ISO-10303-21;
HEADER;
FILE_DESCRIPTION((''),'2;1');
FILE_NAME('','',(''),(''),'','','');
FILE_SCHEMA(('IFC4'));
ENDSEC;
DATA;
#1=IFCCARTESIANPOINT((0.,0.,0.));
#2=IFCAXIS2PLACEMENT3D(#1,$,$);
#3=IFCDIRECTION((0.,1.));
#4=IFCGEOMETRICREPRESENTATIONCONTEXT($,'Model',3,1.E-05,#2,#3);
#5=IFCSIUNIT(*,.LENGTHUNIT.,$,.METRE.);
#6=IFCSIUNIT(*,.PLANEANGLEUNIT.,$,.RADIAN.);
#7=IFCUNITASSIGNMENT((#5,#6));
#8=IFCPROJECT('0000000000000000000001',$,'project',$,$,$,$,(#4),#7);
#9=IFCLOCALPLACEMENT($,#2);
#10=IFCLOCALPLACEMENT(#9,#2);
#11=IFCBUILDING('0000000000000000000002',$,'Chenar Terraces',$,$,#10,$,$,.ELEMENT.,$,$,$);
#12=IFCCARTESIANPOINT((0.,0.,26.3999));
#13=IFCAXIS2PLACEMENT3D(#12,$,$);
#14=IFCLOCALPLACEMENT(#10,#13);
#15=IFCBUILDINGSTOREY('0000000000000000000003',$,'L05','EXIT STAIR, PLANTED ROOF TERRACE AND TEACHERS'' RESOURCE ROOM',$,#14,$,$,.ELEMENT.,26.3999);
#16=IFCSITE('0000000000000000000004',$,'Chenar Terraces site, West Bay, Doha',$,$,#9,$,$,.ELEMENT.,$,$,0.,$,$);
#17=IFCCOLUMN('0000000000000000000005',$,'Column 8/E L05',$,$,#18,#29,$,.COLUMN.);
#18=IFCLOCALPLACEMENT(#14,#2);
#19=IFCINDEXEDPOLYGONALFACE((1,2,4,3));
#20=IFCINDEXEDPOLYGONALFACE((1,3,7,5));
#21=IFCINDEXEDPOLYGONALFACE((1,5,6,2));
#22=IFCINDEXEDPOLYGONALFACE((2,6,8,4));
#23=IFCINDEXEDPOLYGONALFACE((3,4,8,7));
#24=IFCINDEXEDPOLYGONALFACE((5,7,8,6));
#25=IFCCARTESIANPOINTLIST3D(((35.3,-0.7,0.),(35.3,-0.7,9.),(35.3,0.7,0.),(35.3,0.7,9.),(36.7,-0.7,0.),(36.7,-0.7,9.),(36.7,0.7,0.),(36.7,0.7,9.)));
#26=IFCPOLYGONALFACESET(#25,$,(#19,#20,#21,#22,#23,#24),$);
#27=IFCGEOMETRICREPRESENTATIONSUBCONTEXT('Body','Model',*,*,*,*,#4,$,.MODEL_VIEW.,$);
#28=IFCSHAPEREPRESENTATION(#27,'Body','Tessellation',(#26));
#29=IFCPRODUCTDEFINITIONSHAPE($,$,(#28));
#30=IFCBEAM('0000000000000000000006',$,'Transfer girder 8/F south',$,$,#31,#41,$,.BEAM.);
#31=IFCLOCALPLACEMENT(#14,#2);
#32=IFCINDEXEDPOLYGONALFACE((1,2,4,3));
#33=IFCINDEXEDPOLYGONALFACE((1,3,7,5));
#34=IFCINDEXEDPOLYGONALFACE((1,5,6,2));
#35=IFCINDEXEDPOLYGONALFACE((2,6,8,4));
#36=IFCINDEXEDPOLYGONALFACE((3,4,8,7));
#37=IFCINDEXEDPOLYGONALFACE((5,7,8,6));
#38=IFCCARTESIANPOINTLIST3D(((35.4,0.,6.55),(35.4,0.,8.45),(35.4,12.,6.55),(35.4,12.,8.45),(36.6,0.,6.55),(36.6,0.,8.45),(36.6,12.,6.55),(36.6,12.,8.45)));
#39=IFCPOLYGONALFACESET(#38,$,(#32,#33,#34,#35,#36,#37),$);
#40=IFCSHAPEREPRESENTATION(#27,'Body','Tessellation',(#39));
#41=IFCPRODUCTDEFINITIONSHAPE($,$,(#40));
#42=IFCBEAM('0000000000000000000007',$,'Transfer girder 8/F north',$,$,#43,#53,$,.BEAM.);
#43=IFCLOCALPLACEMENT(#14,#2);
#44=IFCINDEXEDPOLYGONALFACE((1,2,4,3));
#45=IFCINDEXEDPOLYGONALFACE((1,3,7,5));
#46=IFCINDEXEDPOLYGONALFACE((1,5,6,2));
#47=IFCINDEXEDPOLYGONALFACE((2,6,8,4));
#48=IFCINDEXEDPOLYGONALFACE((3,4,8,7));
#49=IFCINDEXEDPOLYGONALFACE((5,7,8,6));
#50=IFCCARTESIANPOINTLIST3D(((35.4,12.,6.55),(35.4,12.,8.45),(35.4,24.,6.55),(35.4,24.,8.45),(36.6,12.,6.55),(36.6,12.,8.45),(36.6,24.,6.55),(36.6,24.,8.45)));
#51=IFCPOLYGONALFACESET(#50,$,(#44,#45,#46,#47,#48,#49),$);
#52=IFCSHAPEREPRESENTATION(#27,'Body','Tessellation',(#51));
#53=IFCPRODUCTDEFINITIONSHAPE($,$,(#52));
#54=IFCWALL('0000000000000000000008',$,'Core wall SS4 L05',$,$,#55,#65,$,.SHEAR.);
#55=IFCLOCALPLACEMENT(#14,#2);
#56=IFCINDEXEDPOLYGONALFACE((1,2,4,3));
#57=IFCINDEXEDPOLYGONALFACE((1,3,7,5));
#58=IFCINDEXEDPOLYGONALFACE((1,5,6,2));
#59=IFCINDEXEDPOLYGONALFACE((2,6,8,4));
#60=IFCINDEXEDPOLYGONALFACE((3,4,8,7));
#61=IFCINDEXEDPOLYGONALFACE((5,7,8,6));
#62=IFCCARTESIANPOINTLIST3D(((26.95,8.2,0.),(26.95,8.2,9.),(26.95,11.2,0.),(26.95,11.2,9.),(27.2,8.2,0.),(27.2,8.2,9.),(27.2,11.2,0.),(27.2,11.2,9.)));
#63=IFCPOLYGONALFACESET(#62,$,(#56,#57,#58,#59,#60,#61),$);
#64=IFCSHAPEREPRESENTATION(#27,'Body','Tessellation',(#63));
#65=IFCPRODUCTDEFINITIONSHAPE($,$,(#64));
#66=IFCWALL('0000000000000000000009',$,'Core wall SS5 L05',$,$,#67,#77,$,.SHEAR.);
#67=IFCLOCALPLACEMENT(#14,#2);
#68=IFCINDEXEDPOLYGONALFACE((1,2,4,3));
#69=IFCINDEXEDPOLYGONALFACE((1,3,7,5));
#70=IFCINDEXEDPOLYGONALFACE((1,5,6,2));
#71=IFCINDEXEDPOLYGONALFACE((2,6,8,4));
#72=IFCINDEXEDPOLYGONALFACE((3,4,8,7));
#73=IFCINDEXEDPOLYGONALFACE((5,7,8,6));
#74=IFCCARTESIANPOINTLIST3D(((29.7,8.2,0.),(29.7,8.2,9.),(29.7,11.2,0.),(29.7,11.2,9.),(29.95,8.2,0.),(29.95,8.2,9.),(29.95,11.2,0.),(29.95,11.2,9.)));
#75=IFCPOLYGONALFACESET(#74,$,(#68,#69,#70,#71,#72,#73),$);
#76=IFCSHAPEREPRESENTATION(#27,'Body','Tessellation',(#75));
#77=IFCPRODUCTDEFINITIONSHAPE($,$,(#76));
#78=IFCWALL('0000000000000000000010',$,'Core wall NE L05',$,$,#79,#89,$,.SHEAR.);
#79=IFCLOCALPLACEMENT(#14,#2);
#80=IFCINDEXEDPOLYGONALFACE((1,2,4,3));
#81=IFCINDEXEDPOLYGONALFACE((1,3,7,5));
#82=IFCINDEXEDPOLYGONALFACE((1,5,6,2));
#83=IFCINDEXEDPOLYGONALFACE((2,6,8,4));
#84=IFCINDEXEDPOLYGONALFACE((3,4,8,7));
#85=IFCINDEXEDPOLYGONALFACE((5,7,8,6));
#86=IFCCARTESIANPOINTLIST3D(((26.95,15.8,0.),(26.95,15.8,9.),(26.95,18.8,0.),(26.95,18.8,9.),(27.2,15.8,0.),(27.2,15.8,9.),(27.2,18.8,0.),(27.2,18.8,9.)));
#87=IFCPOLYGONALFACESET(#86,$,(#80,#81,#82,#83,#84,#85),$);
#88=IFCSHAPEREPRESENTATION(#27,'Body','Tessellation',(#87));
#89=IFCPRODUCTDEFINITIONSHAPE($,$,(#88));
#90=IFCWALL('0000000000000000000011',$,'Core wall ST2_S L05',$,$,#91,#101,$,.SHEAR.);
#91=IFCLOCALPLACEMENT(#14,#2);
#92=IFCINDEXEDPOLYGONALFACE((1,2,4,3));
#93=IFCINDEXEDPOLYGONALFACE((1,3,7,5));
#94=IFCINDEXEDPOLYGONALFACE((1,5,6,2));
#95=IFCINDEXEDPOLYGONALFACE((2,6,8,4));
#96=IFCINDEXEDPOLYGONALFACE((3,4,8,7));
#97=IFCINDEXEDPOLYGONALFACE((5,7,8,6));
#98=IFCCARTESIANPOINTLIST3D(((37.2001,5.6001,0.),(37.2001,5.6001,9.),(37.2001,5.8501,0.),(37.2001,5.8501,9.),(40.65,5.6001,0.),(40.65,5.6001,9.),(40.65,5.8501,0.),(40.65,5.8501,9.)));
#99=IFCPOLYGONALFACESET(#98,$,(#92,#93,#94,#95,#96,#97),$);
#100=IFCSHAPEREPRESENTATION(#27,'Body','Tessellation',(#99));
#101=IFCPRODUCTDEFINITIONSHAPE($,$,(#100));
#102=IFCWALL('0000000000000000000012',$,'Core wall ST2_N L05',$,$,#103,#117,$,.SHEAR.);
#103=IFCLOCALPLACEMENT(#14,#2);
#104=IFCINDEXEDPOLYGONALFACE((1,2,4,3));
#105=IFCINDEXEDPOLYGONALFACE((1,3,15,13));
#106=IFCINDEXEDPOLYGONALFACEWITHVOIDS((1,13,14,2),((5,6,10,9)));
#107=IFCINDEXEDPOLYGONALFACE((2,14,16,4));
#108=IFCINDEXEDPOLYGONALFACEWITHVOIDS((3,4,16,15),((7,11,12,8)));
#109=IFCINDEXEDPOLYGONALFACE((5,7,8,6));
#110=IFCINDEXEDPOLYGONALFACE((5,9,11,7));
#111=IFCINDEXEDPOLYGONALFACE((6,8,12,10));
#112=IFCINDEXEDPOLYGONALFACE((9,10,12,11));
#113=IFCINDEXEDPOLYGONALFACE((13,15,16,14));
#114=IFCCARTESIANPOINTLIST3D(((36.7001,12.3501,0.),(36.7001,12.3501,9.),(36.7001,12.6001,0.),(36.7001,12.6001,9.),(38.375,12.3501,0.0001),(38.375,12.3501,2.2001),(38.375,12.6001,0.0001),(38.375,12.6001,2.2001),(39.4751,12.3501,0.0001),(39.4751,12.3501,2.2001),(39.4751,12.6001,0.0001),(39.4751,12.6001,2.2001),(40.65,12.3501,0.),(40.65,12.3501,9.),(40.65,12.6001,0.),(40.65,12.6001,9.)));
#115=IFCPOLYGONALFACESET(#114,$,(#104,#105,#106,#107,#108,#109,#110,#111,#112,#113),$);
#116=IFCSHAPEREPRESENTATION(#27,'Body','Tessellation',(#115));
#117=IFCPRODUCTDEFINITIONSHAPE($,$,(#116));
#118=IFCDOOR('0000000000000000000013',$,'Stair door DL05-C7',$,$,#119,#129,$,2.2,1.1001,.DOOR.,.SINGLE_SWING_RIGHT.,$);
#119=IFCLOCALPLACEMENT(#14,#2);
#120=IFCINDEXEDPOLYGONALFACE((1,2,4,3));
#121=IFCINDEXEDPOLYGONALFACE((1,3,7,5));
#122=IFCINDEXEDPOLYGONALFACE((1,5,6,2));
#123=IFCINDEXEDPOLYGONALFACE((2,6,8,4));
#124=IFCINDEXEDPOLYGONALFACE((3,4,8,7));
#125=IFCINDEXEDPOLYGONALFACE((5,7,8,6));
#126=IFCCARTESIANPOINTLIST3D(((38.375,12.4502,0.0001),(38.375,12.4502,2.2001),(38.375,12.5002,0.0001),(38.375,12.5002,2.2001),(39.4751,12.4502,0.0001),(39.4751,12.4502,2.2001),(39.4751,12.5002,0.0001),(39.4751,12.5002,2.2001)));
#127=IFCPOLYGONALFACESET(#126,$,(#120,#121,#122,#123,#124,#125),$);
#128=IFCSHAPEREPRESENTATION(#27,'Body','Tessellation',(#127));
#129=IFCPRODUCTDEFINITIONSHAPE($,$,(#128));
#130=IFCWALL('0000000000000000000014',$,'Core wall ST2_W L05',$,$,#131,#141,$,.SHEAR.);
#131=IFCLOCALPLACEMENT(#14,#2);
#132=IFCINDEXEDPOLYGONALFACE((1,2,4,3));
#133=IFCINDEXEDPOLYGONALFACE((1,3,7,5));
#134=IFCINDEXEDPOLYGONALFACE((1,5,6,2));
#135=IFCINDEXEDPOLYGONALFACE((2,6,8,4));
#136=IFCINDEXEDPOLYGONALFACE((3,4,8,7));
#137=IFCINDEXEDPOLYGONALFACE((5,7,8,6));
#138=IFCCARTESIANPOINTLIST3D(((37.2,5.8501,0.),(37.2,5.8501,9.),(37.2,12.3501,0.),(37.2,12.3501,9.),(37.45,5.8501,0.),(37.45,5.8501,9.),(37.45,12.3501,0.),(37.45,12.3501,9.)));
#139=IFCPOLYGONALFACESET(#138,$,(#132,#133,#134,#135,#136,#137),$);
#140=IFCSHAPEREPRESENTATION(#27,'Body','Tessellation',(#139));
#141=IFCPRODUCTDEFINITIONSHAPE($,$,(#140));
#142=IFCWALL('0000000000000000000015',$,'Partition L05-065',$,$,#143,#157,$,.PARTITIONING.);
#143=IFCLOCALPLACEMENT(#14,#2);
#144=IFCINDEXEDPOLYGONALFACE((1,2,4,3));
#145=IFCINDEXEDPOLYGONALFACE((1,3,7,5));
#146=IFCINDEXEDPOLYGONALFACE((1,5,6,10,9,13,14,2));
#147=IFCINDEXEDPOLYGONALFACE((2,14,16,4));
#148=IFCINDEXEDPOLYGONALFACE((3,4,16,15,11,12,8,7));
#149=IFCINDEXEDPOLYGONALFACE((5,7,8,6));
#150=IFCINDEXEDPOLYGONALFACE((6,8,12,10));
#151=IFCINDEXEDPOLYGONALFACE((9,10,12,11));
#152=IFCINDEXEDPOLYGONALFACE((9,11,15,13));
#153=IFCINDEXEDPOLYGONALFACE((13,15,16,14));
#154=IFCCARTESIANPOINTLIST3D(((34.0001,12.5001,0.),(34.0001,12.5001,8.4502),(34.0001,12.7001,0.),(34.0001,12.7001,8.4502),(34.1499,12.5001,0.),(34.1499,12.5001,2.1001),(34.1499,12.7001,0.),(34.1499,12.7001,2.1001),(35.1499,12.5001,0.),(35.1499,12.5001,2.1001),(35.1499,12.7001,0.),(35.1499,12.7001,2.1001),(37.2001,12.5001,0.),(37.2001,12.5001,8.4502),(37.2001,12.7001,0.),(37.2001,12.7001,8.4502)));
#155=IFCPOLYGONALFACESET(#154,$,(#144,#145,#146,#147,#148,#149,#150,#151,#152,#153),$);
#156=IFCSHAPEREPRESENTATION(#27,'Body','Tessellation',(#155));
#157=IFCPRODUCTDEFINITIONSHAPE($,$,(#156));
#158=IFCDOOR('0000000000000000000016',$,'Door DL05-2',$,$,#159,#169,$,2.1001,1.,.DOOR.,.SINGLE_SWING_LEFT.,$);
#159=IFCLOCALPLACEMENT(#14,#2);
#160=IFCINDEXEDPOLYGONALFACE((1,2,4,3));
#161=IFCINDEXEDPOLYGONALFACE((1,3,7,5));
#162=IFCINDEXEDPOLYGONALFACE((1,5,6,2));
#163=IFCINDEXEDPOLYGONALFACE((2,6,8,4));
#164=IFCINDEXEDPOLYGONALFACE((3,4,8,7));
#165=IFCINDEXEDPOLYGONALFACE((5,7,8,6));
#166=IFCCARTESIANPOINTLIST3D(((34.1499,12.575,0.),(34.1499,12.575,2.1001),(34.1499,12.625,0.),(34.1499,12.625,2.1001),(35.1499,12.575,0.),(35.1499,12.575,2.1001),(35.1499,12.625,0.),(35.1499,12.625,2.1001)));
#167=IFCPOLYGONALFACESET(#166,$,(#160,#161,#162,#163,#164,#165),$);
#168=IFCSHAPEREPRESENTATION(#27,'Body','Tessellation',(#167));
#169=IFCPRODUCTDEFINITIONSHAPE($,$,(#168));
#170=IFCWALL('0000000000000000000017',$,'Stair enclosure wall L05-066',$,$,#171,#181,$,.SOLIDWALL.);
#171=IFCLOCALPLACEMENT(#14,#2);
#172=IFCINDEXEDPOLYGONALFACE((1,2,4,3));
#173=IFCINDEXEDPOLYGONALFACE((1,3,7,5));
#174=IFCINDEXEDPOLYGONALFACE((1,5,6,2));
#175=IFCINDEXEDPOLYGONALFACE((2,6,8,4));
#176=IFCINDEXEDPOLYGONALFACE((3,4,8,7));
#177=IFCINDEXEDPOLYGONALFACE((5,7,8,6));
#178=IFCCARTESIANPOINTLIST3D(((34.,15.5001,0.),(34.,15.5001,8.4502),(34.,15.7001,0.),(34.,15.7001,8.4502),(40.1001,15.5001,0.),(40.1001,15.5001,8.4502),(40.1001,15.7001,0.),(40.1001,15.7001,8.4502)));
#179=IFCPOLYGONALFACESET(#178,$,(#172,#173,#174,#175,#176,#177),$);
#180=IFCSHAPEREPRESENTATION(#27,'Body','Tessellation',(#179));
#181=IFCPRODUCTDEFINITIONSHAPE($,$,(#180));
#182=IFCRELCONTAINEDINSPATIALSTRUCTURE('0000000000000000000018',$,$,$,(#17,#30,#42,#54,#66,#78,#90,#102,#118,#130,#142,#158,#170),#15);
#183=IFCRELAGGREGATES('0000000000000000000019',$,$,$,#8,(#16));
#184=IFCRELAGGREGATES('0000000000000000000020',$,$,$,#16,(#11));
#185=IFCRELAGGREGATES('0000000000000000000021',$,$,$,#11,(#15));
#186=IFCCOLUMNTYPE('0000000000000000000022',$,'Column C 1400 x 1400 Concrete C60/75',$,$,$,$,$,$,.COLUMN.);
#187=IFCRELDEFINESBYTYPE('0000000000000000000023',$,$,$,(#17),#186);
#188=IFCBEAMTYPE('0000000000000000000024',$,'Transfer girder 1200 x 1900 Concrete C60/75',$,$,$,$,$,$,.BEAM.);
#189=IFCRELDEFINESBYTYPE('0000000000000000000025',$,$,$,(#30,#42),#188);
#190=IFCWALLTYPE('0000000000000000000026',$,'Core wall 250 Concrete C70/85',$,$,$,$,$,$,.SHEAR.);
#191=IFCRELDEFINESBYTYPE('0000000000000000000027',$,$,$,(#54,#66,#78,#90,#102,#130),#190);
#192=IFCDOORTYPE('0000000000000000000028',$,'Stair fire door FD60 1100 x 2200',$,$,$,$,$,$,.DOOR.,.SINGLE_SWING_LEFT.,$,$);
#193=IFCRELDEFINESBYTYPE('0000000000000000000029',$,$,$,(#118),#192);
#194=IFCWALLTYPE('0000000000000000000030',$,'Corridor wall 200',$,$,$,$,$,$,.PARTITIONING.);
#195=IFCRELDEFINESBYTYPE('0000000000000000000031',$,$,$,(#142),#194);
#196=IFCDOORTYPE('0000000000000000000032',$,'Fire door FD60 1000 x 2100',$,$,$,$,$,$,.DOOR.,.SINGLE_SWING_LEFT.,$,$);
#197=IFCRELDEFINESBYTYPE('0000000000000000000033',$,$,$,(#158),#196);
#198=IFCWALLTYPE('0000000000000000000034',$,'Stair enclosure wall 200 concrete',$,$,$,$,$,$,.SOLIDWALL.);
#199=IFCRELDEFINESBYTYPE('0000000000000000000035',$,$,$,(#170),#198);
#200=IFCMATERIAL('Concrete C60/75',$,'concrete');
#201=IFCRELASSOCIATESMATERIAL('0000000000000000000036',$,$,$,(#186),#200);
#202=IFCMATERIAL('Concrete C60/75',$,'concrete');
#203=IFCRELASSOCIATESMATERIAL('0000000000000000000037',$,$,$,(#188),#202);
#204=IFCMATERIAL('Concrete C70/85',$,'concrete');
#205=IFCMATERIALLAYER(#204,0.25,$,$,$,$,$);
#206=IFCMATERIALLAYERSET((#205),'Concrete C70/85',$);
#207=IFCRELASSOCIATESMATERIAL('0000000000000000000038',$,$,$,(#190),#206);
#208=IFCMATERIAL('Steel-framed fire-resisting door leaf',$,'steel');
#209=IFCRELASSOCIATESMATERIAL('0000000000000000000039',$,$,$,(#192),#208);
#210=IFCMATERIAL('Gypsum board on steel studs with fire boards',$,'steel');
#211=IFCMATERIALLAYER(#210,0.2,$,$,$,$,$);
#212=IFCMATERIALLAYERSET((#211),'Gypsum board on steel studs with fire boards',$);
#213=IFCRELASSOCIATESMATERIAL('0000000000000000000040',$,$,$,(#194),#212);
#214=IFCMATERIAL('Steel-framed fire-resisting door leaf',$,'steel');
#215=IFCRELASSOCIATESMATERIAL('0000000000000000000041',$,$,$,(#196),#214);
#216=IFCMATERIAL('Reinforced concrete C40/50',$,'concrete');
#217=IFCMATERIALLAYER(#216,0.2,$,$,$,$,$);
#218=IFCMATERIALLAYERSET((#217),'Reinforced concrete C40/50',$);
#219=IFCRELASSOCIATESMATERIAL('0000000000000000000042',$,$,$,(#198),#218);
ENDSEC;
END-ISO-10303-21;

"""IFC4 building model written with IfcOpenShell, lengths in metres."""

from ifc_helpers import new_model, si_unit, direction, frame, frame_2d, origin, origin_2d, place, context, subcontext, project, spatial, rectangle, extrude, material, layer, layer_set, material_profile, profile_set, type_object, element, fill, save


model = new_model("IFC4")

# Units and contexts
model_context = context("Model", 3, precision=1e-05, world=origin(), true_north=direction((0.0, 1.0)))
body_context = subcontext(model_context, "Body", "Model", "MODEL_VIEW")
ifc_project = project(units=[si_unit("LENGTHUNIT", "METRE"), si_unit("PLANEANGLEUNIT", "RADIAN")], contexts=[model_context])

# Site, building, storey
site_placement = place(None, origin())
site = spatial("IfcSite", under=ifc_project, at=site_placement, Name="Chenar Terraces site, West Bay, Doha", CompositionType="ELEMENT", RefElevation=0.0)
building_placement = place(site_placement, origin())
building = spatial("IfcBuilding", under=site, at=building_placement, Name="Chenar Terraces", CompositionType="ELEMENT")
storey_placement = place(building_placement, frame((0.0, 0.0, 26.3999)))
storey = spatial("IfcBuildingStorey", under=building, at=storey_placement, Name="L05", Description="EXIT STAIR, PLANTED ROOF TERRACE AND TEACHERS' RESOURCE ROOM", CompositionType="ELEMENT", Elevation=26.3999)

# Column
ifc_material_1 = material(Name="Concrete C60/75", Category="concrete")
ifc_material_profile_1 = material_profile(ifc_material_1, rectangle(XDim=1.3999, YDim=1.3999, at=origin_2d()), Name="C 1400 x 1400")
ifc_profile_set_1 = profile_set([ifc_material_profile_1], Name="Concrete C60/75")
column_type = type_object("IfcColumnType", Name="Column C 1400 x 1400 Concrete C60/75", PredefinedType="COLUMN", material=ifc_profile_set_1)
column_placement = place(storey_placement, frame((36.0, 0.0, 0.0), z_axis=(0.0, 0.0, 1.0), x_axis=(1.0, 0.0, 0.0)))
element("IfcColumn", 1, at=column_placement, inside=storey, type_object=column_type, Name="Column 8/E L05", PredefinedType="COLUMN", context=body_context, shape_type="SweptSolid", body=[
    extrude(rectangle(XDim=1.3999, YDim=1.3999, at=origin_2d()), origin(), (0.0, 0.0, 1.0), 9.0),
])

# Beams
ifc_material_2 = material(Name="Concrete C60/75", Category="concrete")
ifc_material_profile_2 = material_profile(ifc_material_2, rectangle(XDim=1.2, YDim=1.8999, at=origin_2d()), Name="RC 1200 x 1900")
ifc_profile_set_2 = profile_set([ifc_material_profile_2], Name="Concrete C60/75")
beam_type = type_object("IfcBeamType", Name="Transfer girder 1200 x 1900 Concrete C60/75", PredefinedType="BEAM", material=ifc_profile_set_2)
for number, where, z_axis, x_axis, name in (
    (2, (36.0, 0.0, 8.45), (0.0, 1.0, 0.0), (-1.0, 0.0, 0.0), "Transfer girder 8/F south"),
    (3, (36.0, 12.0, 8.45), (0.0, 1.0, 0.0), (-1.0, 0.0, 0.0), "Transfer girder 8/F north"),
):
    element("IfcBeam", number, at=place(storey_placement, frame(where, z_axis=z_axis, x_axis=x_axis)), inside=storey, type_object=beam_type, Name=name, PredefinedType="BEAM", context=body_context, shape_type="SweptSolid", body=[
        extrude(rectangle(XDim=1.2, YDim=1.8999, at=frame_2d((0.0, -0.95))), origin(), (0.0, 0.0, 1.0), 12.0),
    ])

# Walls
ifc_material_3 = material(Name="Concrete C70/85", Category="concrete")
ifc_layer_1 = layer(ifc_material_3, 0.25)
ifc_layer_set_1 = layer_set([ifc_layer_1], Name="Concrete C70/85")
wall_type_1 = type_object("IfcWallType", Name="Core wall 250 Concrete C70/85", PredefinedType="SHEAR", material=ifc_layer_set_1)
for number, where, z_axis, x_axis, name in (
    (4, (27.075, 8.2, 0.0), (0.0, 0.0, 1.0), (0.0, 1.0, 0.0), "Core wall SS4 L05"),
    (5, (29.825, 8.2, 0.0), (0.0, 0.0, 1.0), (0.0, 1.0, 0.0), "Core wall SS5 L05"),
    (6, (27.075, 15.8, 0.0), (0.0, 0.0, 1.0), (0.0, 1.0, 0.0), "Core wall NE L05"),
):
    element("IfcWall", number, at=place(storey_placement, frame(where, z_axis=z_axis, x_axis=x_axis)), inside=storey, type_object=wall_type_1, Name=name, PredefinedType="SHEAR", context=body_context, shape_type="SweptSolid", body=[
        extrude(rectangle(XDim=3.0, YDim=0.25, at=frame_2d((1.5, 0.0))), origin(), (0.0, 0.0, 1.0), 9.0),
    ])
wall_1_placement = place(storey_placement, frame((37.2, 5.7251, 0.0), z_axis=(0.0, 0.0, 1.0), x_axis=(1.0, 0.0, 0.0)))
element("IfcWall", 7, at=wall_1_placement, inside=storey, type_object=wall_type_1, Name="Core wall ST2_S L05", PredefinedType="SHEAR", context=body_context, shape_type="SweptSolid", body=[
    extrude(rectangle(XDim=3.45, YDim=0.25, at=frame_2d((1.7251, 0.0))), origin(), (0.0, 0.0, 1.0), 9.0),
])

# Wall, opening, door
wall_2_placement = place(storey_placement, frame((36.7, 12.4751, 0.0), z_axis=(0.0, 0.0, 1.0), x_axis=(1.0, 0.0, 0.0)))
wall_2 = element("IfcWall", 8, at=wall_2_placement, inside=storey, type_object=wall_type_1, Name="Core wall ST2_N L05", PredefinedType="SHEAR", context=body_context, shape_type="SweptSolid", body=[
    extrude(rectangle(XDim=3.95, YDim=0.25, at=frame_2d((1.9751, 0.0))), origin(), (0.0, 0.0, 1.0), 9.0),
])
opening_1_placement = place(wall_2_placement, frame((1.675, 0.0, 0.0)))
opening_1 = element("IfcOpeningElement", 9, at=opening_1_placement, cuts=wall_2, PredefinedType="OPENING", context=body_context, shape_type="SweptSolid", body=[
    extrude(rectangle(XDim=1.1001, YDim=2.2, at=frame_2d((0.55, 1.1001))), frame((0.0, 0.135, 0.0), z_axis=(0.0, -1.0, 0.0), x_axis=(1.0, 0.0, 0.0)), (0.0, 0.0, 1.0), 0.27),
])
ifc_material_4 = material(Name="Steel-framed fire-resisting door leaf", Category="steel")
door_type_1 = type_object("IfcDoorType", Name="Stair fire door FD60 1100 x 2200", OperationType="SINGLE_SWING_LEFT", PredefinedType="DOOR", material=ifc_material_4)
door_1_placement = place(opening_1_placement, frame((1.1001, 0.0, 0.0), z_axis=(0.0, 0.0, 1.0), x_axis=(-1.0, 0.0, 0.0)))
door_1 = element("IfcDoor", 10, at=door_1_placement, inside=storey, type_object=door_type_1, Name="Stair door DL05-C7", OperationType="SINGLE_SWING_RIGHT", OverallHeight=2.2, OverallWidth=1.1001, PredefinedType="DOOR", context=body_context, shape_type="SweptSolid", body=[
    extrude(rectangle(XDim=1.1001, YDim=2.2, at=frame_2d((0.55, 1.1001))), frame((0.0, 0.0249, 0.0), z_axis=(0.0, -1.0, 0.0), x_axis=(1.0, 0.0, 0.0)), (0.0, 0.0, 1.0), 0.05),
])
fill(opening_1, door_1)

# Wall
wall_3_placement = place(storey_placement, frame((37.325, 5.8501, 0.0), z_axis=(0.0, 0.0, 1.0), x_axis=(0.0, 1.0, 0.0)))
element("IfcWall", 11, at=wall_3_placement, inside=storey, type_object=wall_type_1, Name="Core wall ST2_W L05", PredefinedType="SHEAR", context=body_context, shape_type="SweptSolid", body=[
    extrude(rectangle(XDim=6.5, YDim=0.25, at=frame_2d((3.25, 0.0))), origin(), (0.0, 0.0, 1.0), 9.0),
])

# Wall, opening, door
ifc_material_5 = material(Name="Gypsum board on steel studs with fire boards", Category="steel")
ifc_layer_2 = layer(ifc_material_5, 0.2)
ifc_layer_set_2 = layer_set([ifc_layer_2], Name="Gypsum board on steel studs with fire boards")
wall_type_2 = type_object("IfcWallType", Name="Corridor wall 200", PredefinedType="PARTITIONING", material=ifc_layer_set_2)
wall_4_placement = place(storey_placement, frame((34.0, 12.6001, 0.0), z_axis=(0.0, 0.0, 1.0), x_axis=(1.0, 0.0, 0.0)))
wall_4 = element("IfcWall", 12, at=wall_4_placement, inside=storey, type_object=wall_type_2, Name="Partition L05-065", PredefinedType="PARTITIONING", context=body_context, shape_type="SweptSolid", body=[
    extrude(rectangle(XDim=3.2, YDim=0.2, at=frame_2d((1.6001, 0.0))), origin(), (0.0, 0.0, 1.0), 8.4502),
])
opening_2_placement = place(wall_4_placement, frame((0.1499, 0.0, 0.0)))
opening_2 = element("IfcOpeningElement", 13, at=opening_2_placement, cuts=wall_4, PredefinedType="OPENING", context=body_context, shape_type="SweptSolid", body=[
    extrude(rectangle(XDim=1.0, YDim=2.1001, at=frame_2d((0.5, 1.05))), frame((0.0, 0.1099, 0.0), z_axis=(0.0, -1.0, 0.0), x_axis=(1.0, 0.0, 0.0)), (0.0, 0.0, 1.0), 0.22),
])
ifc_material_6 = material(Name="Steel-framed fire-resisting door leaf", Category="steel")
door_type_2 = type_object("IfcDoorType", Name="Fire door FD60 1000 x 2100", OperationType="SINGLE_SWING_LEFT", PredefinedType="DOOR", material=ifc_material_6)
door_2_placement = place(opening_2_placement, origin())
door_2 = element("IfcDoor", 14, at=door_2_placement, inside=storey, type_object=door_type_2, Name="Door DL05-2", OperationType="SINGLE_SWING_LEFT", OverallHeight=2.1001, OverallWidth=1.0, PredefinedType="DOOR", context=body_context, shape_type="SweptSolid", body=[
    extrude(rectangle(XDim=1.0, YDim=2.1001, at=frame_2d((0.5, 1.05))), frame((0.0, 0.0249, 0.0), z_axis=(0.0, -1.0, 0.0), x_axis=(1.0, 0.0, 0.0)), (0.0, 0.0, 1.0), 0.05),
])
fill(opening_2, door_2)

# Wall
ifc_material_7 = material(Name="Reinforced concrete C40/50", Category="concrete")
ifc_layer_3 = layer(ifc_material_7, 0.2)
ifc_layer_set_3 = layer_set([ifc_layer_3], Name="Reinforced concrete C40/50")
wall_type_3 = type_object("IfcWallType", Name="Stair enclosure wall 200 concrete", PredefinedType="SOLIDWALL", material=ifc_layer_set_3)
wall_5_placement = place(storey_placement, frame((34.0, 15.6001, 0.0), z_axis=(0.0, 0.0, 1.0), x_axis=(1.0, 0.0, 0.0)))
element("IfcWall", 15, at=wall_5_placement, inside=storey, type_object=wall_type_3, Name="Stair enclosure wall L05-066", PredefinedType="SOLIDWALL", context=body_context, shape_type="SweptSolid", body=[
    extrude(rectangle(XDim=6.1001, YDim=0.2, at=frame_2d((3.05, 0.0))), origin(), (0.0, 0.0, 1.0), 8.4502),
])

save(model, "model.ifc")
